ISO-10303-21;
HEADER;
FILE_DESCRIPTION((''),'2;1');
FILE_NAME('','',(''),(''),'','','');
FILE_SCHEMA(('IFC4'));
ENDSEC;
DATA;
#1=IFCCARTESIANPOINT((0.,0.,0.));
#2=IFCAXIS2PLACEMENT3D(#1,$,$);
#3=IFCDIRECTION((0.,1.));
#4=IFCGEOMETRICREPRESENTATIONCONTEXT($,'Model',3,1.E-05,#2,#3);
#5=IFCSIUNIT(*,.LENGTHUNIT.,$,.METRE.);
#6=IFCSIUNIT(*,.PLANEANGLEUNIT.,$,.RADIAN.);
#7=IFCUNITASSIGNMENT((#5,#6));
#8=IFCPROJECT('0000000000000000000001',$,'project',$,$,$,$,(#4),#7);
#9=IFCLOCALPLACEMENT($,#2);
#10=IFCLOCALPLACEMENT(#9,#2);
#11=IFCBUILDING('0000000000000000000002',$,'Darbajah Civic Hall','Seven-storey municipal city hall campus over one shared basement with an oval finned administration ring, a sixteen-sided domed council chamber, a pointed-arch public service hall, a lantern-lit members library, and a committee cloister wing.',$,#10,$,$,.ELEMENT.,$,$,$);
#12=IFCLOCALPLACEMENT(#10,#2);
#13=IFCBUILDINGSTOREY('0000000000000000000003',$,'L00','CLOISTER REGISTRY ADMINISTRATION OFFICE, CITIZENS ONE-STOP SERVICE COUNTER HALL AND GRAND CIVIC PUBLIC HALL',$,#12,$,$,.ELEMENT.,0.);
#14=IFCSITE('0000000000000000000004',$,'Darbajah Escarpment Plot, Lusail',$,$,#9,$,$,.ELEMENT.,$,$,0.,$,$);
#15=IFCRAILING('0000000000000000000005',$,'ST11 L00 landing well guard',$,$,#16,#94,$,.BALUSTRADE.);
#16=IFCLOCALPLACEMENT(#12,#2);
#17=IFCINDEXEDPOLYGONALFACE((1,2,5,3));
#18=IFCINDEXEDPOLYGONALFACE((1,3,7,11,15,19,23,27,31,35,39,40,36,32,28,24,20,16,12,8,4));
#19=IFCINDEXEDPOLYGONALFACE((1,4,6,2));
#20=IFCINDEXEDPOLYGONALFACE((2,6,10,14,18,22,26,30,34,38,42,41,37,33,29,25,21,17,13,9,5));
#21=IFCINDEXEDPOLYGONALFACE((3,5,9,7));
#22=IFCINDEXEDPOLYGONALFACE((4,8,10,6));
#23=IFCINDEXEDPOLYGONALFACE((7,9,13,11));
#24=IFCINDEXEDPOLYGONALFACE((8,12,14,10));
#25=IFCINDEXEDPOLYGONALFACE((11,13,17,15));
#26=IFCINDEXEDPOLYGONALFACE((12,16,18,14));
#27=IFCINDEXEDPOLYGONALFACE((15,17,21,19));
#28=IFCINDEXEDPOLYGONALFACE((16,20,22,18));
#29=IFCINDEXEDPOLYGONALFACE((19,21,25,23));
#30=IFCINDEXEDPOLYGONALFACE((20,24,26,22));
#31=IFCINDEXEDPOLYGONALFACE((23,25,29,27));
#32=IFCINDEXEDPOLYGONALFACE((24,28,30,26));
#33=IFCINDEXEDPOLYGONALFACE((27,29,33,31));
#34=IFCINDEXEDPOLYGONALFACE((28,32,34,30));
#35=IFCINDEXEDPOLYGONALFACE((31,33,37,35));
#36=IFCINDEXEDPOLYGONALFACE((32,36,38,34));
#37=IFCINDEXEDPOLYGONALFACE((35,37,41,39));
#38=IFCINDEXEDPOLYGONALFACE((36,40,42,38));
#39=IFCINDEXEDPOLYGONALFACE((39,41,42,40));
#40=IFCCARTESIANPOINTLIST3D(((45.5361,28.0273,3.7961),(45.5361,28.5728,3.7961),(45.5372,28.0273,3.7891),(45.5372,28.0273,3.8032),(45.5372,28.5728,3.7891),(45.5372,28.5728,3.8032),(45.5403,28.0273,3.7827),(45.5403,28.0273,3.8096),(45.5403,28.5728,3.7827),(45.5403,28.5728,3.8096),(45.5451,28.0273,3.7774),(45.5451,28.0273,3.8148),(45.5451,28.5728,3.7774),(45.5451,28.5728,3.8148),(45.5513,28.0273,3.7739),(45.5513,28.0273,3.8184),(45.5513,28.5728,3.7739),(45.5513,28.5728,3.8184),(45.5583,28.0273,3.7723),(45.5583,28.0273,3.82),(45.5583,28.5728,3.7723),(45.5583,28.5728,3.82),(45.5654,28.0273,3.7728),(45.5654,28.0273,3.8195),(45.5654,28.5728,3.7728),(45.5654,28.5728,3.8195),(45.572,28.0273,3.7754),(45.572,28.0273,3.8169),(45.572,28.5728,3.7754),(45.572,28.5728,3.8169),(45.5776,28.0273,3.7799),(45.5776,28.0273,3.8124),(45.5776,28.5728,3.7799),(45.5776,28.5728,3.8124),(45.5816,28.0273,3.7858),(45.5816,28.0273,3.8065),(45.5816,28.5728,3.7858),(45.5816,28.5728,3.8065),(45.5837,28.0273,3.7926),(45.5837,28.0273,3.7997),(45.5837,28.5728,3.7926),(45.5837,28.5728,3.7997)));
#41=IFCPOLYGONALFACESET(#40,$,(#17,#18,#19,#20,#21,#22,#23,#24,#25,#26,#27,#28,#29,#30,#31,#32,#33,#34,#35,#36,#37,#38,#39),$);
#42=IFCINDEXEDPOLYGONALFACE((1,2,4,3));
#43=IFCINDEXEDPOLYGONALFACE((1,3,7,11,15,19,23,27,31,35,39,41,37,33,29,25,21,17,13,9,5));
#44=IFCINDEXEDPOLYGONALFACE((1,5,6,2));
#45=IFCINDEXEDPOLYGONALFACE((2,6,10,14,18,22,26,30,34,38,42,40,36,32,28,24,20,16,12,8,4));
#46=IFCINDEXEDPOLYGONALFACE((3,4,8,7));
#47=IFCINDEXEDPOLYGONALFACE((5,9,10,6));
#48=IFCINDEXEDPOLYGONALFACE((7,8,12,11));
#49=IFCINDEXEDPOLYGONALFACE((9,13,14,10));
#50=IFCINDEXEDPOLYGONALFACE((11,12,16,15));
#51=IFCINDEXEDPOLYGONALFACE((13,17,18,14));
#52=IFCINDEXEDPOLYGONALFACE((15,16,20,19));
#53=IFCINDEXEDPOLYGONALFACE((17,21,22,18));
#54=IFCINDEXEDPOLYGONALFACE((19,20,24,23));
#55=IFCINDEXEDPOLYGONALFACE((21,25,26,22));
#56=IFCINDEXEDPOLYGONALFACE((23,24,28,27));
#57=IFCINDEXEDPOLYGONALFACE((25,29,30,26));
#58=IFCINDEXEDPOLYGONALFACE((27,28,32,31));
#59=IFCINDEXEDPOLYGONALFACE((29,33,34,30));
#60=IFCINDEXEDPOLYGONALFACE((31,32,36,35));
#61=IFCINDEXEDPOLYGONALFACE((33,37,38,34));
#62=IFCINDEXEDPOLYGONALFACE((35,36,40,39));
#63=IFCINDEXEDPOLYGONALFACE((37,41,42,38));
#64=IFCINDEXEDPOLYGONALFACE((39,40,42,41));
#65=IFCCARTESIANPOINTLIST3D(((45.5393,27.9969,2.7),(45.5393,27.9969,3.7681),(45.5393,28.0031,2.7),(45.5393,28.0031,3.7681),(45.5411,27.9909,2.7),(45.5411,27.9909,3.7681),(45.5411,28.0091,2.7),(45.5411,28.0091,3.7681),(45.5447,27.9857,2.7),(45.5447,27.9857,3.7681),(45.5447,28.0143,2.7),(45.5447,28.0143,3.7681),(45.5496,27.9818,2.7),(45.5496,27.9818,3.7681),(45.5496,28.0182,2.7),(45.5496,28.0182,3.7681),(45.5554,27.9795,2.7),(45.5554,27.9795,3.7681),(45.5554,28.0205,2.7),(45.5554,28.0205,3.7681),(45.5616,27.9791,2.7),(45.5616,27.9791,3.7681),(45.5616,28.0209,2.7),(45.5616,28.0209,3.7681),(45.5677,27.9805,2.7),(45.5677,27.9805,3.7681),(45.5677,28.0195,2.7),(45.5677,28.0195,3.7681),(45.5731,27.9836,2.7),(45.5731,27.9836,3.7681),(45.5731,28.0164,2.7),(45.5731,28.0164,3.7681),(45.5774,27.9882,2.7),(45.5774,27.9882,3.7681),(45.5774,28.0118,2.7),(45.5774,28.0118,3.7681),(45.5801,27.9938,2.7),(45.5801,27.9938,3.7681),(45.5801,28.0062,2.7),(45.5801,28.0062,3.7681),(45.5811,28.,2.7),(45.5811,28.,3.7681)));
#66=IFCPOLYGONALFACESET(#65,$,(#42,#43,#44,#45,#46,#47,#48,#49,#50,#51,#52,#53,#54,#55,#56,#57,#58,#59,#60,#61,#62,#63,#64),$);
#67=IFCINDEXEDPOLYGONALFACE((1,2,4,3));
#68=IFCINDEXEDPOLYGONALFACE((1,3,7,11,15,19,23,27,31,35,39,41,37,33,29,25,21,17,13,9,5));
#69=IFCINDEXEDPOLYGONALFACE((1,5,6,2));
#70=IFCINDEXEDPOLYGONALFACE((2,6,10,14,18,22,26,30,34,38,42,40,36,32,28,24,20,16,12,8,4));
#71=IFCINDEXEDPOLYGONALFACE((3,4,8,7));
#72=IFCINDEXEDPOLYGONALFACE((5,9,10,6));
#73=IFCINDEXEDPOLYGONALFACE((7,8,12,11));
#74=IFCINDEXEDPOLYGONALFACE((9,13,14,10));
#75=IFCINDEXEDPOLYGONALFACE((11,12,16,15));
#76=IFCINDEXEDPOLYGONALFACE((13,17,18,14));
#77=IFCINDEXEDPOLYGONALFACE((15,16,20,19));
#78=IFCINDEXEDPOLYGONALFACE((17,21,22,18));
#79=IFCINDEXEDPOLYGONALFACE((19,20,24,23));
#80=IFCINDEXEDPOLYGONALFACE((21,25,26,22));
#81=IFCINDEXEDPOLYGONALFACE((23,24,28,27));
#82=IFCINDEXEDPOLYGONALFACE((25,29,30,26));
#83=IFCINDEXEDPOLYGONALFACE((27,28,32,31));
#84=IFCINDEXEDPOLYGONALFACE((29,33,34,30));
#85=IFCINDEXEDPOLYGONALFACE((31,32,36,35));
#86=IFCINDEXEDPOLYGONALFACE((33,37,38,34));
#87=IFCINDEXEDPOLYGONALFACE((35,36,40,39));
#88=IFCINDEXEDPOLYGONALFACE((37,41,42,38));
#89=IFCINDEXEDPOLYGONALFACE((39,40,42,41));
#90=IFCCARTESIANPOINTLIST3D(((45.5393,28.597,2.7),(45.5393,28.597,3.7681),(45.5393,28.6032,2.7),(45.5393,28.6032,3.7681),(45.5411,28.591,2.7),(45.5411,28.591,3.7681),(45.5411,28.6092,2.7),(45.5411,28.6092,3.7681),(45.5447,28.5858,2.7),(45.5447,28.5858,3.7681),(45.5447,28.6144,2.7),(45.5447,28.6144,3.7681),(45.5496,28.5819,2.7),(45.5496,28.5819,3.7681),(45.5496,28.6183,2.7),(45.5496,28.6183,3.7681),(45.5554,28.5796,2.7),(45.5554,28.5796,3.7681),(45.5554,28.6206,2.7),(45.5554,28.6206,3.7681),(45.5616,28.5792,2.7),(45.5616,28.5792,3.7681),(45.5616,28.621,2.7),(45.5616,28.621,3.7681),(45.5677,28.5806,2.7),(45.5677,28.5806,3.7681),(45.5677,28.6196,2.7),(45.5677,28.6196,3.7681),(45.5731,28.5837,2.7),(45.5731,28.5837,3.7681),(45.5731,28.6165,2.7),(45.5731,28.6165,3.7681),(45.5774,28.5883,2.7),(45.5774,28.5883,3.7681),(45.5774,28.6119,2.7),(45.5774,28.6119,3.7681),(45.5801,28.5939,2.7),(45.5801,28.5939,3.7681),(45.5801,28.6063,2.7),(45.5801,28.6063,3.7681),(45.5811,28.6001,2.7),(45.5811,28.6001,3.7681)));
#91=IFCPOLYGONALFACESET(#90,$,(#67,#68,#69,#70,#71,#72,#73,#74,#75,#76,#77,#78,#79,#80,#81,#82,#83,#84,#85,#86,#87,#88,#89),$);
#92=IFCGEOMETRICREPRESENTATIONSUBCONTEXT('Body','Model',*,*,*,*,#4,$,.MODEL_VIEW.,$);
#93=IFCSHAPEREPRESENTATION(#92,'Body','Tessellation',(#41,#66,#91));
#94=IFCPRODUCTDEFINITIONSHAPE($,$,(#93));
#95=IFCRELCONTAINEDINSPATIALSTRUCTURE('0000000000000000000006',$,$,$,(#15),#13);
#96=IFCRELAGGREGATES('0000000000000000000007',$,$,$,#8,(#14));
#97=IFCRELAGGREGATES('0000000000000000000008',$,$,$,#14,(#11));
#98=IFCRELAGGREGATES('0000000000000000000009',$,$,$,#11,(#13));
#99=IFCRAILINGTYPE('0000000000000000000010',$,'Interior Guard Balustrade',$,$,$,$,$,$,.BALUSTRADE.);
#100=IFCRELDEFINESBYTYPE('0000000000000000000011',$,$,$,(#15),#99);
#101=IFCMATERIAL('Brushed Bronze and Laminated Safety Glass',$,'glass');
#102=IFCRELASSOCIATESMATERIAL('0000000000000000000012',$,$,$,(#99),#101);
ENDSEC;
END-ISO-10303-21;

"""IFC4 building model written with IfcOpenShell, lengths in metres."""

from ifc_helpers import new_model, si_unit, direction, frame, origin, origin_2d, place, context, subcontext, project, spatial, circle, extrude, material, type_object, element, save


model = new_model("IFC4")

# Units and contexts
model_context = context("Model", 3, precision=1e-05, world=origin(), true_north=direction((0.0, 1.0)))
body_context = subcontext(model_context, "Body", "Model", "MODEL_VIEW")
ifc_project = project(units=[si_unit("LENGTHUNIT", "METRE"), si_unit("PLANEANGLEUNIT", "RADIAN")], contexts=[model_context])

# Site, building, storey
site_placement = place(None, origin())
site = spatial("IfcSite", under=ifc_project, at=site_placement, Name="Darbajah Escarpment Plot, Lusail", CompositionType="ELEMENT", RefElevation=0.0)
building_placement = place(site_placement, origin())
building = spatial("IfcBuilding", under=site, at=building_placement, Name="Darbajah Civic Hall", Description="Seven-storey municipal city hall campus over one shared basement with an oval finned administration ring, a sixteen-sided domed council chamber, a pointed-arch public service hall, a lantern-lit members library, and a committee cloister wing.", CompositionType="ELEMENT")
storey_placement = place(building_placement, origin())
storey = spatial("IfcBuildingStorey", under=building, at=storey_placement, Name="L00", Description="CLOISTER REGISTRY ADMINISTRATION OFFICE, CITIZENS ONE-STOP SERVICE COUNTER HALL AND GRAND CIVIC PUBLIC HALL", CompositionType="ELEMENT", Elevation=0.0)

# Railing
ifc_material_1 = material(Name="Brushed Bronze and Laminated Safety Glass", Category="glass")
railing_type_1 = type_object("IfcRailingType", Name="Interior Guard Balustrade", PredefinedType="BALUSTRADE", material=ifc_material_1)
railing_1_placement = place(storey_placement, frame((45.5601, 28.0, 2.7)))
element("IfcRailing", 1, at=railing_1_placement, inside=storey, type_object=railing_type_1, Name="ST11 L00 landing well guard", PredefinedType="BALUSTRADE", context=body_context, shape_type="SweptSolid", body=[
    extrude(circle(Radius=0.0239, at=origin_2d()), frame((0.0, 0.0273, 1.0962), z_axis=(0.0, 1.0, 0.0), x_axis=(-1.0, 0.0, 0.0)), (0.0, 0.0, 1.0), 0.5454),
    extrude(circle(Radius=0.021, at=origin_2d()), origin(), (0.0, 0.0, 1.0), 1.0681),
    extrude(circle(Radius=0.021, at=origin_2d()), frame((0.0, 0.6001, 0.0)), (0.0, 0.0, 1.0), 1.0681),
])

save(model, "model.ifc")
